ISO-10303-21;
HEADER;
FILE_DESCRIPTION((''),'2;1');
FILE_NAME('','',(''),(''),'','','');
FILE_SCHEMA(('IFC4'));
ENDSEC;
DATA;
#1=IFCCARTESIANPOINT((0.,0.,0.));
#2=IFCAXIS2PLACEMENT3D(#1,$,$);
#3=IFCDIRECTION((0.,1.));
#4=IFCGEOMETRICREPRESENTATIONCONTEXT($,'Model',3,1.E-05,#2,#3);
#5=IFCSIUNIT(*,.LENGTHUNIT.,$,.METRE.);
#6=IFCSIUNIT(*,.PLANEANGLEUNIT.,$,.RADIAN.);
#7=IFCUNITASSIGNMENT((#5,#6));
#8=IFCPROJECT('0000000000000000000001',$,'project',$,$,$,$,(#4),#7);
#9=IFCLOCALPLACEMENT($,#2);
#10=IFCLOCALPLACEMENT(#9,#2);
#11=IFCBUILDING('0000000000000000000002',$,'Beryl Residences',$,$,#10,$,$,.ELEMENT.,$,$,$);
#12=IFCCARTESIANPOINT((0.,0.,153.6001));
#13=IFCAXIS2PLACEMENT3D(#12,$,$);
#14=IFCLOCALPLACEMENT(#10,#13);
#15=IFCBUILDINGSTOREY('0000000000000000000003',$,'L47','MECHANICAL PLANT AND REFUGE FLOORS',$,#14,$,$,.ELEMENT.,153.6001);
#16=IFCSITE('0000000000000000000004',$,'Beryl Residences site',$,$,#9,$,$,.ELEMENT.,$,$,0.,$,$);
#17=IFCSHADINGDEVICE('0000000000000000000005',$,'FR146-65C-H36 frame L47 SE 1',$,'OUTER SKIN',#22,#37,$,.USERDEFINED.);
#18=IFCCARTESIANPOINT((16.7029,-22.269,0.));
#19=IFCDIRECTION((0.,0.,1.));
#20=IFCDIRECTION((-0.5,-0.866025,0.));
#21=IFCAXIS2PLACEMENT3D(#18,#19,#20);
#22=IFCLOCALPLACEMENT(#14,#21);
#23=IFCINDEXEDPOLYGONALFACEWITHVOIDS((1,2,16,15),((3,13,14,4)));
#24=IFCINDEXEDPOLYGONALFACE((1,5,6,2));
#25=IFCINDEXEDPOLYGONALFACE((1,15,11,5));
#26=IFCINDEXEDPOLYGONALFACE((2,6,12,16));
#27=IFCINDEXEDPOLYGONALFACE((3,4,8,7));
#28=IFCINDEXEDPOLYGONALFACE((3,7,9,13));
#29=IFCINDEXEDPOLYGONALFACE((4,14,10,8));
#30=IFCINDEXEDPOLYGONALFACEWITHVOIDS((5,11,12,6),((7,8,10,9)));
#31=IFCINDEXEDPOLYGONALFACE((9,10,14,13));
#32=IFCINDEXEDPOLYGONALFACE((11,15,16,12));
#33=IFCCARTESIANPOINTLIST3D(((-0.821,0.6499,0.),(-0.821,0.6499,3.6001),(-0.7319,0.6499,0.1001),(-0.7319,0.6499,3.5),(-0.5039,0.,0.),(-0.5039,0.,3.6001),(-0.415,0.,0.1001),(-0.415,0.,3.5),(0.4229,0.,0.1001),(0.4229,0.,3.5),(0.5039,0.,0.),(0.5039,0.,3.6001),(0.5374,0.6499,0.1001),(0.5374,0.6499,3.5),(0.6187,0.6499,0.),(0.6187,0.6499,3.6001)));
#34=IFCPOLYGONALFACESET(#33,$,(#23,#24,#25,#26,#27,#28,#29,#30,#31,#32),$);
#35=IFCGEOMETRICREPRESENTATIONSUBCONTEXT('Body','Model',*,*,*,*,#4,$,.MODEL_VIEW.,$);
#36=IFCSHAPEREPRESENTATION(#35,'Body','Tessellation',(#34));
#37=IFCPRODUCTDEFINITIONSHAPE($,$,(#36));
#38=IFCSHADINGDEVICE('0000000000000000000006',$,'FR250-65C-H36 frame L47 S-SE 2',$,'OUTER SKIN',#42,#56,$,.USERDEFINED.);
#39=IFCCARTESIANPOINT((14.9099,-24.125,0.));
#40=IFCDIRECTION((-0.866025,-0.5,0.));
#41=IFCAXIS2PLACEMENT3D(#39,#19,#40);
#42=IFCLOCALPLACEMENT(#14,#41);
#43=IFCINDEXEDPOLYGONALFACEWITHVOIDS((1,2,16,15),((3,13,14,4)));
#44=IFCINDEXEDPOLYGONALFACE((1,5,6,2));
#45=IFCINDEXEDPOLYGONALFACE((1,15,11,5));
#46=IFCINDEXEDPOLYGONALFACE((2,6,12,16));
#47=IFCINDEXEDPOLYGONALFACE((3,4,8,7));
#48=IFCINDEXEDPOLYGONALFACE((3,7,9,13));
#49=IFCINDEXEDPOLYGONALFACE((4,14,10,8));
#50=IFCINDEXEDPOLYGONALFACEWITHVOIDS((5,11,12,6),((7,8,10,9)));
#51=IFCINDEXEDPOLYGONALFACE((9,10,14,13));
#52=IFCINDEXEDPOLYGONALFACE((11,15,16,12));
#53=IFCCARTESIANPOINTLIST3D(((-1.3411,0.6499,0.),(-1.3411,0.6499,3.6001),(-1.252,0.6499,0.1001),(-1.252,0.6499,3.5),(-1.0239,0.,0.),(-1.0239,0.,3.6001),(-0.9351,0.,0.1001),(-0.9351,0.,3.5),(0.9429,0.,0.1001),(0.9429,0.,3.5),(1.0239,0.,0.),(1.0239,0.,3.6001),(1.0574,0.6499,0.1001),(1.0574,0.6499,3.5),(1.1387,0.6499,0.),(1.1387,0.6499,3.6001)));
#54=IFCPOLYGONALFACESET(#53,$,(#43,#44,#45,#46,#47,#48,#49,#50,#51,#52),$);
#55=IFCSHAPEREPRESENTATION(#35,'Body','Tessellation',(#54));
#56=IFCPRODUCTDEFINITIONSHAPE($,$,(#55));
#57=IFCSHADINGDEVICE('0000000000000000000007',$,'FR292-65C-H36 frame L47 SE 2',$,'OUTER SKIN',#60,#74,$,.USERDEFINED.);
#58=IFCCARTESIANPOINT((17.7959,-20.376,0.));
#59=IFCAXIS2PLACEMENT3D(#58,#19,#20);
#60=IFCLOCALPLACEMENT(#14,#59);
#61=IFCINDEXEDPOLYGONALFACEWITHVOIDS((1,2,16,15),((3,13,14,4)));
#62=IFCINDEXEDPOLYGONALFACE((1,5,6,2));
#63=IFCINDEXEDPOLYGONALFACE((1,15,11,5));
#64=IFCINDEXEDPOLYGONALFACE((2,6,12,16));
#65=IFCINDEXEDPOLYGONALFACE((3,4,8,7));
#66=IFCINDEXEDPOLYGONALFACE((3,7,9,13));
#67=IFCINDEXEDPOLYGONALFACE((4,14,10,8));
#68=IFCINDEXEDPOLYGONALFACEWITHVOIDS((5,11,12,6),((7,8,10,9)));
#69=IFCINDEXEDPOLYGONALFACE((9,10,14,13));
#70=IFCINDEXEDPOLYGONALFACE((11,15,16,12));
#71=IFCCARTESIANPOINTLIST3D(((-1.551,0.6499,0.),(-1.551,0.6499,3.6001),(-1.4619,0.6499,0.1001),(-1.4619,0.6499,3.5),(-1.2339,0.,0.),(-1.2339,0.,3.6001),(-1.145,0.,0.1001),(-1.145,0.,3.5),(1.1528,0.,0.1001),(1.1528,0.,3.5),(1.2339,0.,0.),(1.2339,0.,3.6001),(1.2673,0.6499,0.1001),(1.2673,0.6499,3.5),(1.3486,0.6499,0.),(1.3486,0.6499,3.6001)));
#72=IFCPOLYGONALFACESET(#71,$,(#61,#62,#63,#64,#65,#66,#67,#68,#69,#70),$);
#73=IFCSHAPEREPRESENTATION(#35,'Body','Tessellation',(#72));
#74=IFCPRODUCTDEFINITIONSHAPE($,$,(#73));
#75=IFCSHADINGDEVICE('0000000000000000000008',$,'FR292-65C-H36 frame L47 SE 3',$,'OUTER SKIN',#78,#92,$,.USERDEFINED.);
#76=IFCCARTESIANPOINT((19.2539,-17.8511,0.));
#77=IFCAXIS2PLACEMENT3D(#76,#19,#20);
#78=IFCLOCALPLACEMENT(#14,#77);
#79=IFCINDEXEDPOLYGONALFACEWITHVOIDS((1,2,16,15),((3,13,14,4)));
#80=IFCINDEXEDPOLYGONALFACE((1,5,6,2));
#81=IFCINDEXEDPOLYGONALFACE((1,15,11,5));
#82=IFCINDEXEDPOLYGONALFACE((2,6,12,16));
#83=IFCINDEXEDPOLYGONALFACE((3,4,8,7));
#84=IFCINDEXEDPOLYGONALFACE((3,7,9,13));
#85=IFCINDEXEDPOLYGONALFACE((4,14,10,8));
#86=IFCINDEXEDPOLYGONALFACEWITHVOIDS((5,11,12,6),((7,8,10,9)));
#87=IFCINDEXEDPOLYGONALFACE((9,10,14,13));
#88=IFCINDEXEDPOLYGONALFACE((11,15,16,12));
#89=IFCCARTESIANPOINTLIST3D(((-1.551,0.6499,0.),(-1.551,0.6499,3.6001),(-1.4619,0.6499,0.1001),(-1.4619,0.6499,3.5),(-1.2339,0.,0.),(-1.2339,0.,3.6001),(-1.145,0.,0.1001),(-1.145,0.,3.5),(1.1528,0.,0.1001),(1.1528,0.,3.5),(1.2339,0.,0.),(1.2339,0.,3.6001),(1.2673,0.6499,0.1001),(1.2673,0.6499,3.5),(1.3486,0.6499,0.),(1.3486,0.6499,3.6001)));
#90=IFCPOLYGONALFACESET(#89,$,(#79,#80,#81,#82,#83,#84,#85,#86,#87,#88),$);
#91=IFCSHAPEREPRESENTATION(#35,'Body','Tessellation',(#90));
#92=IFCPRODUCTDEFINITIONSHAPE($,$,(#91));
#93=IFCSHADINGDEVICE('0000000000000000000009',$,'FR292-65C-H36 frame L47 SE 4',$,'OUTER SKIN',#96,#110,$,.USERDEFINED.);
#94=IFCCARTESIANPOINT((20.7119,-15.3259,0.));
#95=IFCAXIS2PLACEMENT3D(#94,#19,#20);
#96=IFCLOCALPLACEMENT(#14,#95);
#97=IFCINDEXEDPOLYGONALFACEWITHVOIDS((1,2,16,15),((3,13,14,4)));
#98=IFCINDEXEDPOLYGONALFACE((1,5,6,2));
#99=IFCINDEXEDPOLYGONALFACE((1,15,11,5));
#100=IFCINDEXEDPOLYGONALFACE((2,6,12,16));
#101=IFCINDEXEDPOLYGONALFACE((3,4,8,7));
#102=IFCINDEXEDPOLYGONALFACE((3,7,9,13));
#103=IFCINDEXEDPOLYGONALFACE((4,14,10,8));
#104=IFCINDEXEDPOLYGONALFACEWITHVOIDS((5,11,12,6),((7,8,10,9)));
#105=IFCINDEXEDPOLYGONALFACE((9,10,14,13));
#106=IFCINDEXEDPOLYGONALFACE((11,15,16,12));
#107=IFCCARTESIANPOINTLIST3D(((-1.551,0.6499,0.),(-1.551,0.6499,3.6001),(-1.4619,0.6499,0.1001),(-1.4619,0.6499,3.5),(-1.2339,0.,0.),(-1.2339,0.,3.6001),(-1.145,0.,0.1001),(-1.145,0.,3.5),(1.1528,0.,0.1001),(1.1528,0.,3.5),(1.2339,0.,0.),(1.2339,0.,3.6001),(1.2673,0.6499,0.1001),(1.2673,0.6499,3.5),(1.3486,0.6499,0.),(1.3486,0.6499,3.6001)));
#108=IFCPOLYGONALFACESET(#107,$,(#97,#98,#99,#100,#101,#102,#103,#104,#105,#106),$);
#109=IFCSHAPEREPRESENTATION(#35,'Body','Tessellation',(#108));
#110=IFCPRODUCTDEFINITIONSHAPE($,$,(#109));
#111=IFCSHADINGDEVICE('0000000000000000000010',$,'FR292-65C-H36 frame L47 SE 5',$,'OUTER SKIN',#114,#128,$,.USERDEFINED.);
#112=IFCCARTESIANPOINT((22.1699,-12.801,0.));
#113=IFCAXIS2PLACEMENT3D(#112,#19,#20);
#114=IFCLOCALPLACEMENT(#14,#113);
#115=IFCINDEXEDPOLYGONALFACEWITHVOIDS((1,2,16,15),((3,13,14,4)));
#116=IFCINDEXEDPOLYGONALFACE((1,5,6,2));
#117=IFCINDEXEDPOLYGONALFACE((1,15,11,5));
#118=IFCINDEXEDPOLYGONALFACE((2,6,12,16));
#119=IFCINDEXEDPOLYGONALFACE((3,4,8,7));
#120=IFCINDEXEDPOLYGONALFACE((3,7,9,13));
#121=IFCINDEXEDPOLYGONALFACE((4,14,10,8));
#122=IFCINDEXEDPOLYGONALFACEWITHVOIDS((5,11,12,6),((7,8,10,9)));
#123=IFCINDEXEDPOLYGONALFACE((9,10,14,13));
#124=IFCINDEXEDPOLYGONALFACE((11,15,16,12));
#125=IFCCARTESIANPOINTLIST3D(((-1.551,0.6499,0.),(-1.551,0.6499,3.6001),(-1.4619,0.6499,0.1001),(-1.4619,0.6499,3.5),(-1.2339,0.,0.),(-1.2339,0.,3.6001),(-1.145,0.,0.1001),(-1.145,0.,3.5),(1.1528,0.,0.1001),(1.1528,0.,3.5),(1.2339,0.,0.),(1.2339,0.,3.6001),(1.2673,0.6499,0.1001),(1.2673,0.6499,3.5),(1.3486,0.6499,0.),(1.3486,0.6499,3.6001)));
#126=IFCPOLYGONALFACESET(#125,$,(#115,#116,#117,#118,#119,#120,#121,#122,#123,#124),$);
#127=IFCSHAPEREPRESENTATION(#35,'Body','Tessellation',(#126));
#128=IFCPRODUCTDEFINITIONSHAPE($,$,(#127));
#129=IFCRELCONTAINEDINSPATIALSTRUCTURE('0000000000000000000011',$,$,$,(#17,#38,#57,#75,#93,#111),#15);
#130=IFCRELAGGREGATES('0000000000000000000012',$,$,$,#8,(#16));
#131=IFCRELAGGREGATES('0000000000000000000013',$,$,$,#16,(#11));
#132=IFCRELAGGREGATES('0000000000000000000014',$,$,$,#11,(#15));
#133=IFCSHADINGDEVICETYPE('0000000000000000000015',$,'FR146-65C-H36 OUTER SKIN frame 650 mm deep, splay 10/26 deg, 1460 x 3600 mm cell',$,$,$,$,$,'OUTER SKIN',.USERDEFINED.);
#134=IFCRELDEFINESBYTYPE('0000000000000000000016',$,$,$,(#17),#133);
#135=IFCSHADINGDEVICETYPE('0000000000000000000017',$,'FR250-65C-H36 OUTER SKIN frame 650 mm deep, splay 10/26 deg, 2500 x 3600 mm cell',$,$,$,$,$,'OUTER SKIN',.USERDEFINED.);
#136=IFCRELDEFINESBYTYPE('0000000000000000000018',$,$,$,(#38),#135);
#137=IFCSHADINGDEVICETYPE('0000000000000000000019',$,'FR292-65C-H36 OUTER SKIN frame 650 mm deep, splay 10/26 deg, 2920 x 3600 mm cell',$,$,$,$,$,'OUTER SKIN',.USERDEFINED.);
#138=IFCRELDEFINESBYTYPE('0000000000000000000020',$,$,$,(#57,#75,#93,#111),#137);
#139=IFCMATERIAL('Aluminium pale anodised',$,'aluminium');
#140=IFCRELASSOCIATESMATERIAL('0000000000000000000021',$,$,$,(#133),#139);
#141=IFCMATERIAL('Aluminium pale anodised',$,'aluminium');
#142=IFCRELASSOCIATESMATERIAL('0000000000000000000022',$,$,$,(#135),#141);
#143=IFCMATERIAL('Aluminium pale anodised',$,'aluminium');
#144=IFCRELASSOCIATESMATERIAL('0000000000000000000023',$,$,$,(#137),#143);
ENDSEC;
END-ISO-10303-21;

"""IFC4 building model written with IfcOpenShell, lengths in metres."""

from ifc_helpers import new_model, entity, si_unit, direction, frame, origin, place, context, subcontext, project, spatial, source, transform, mapped, material, type_object, type_shapes, element, save


model = new_model("IFC4")

# Units and contexts
model_context = context("Model", 3, precision=1e-05, world=origin(), true_north=direction((0.0, 1.0)))
body_context = subcontext(model_context, "Body", "Model", "MODEL_VIEW")
ifc_project = project(units=[si_unit("LENGTHUNIT", "METRE"), si_unit("PLANEANGLEUNIT", "RADIAN")], contexts=[model_context])

# Site, building, storey
site_placement = place(None, origin())
site = spatial("IfcSite", under=ifc_project, at=site_placement, Name="Beryl Residences site", CompositionType="ELEMENT", RefElevation=0.0)
building_placement = place(site_placement, origin())
building = spatial("IfcBuilding", under=site, at=building_placement, Name="Beryl Residences", CompositionType="ELEMENT")
storey_placement = place(building_placement, frame((0.0, 0.0, 153.6001)))
storey = spatial("IfcBuildingStorey", under=building, at=storey_placement, Name="L47", Description="MECHANICAL PLANT AND REFUGE FLOORS", CompositionType="ELEMENT", Elevation=153.6001)

# Shading devices
ifc_material_1 = material(Name="Aluminium pale anodised", Category="aluminium")
shading_device_type_1 = type_object("IfcShadingDeviceType", Name="FR146-65C-H36 OUTER SKIN frame 650 mm deep, splay 10/26 deg, 1460 x 3600 mm cell", ElementType="OUTER SKIN", PredefinedType="USERDEFINED", material=ifc_material_1)
cartesian_point_1 = entity("IfcCartesianPoint", [-0.5039, 0.0])
cartesian_point_2 = entity("IfcCartesianPoint", [-0.4229, 0.1001])
cartesian_point_3 = entity("IfcCartesianPoint", [-0.6187, 0.0])
cartesian_point_4 = entity("IfcCartesianPoint", [-0.5374, 0.1001])
shared_shape_1 = source(origin(), body_context, "Body", "SweptSolid", [
    entity("IfcExtrudedAreaSolidTapered", entity("IfcArbitraryProfileDefWithVoids", "AREA", None, entity("IfcPolyline", [cartesian_point_1, entity("IfcCartesianPoint", [0.5039, 0.0]), entity("IfcCartesianPoint", [0.5039, 3.6001]), entity("IfcCartesianPoint", [-0.5039, 3.6001]), cartesian_point_1]), [entity("IfcPolyline", [cartesian_point_2, entity("IfcCartesianPoint", [0.415, 0.1001]), entity("IfcCartesianPoint", [0.415, 3.5]), entity("IfcCartesianPoint", [-0.4229, 3.5]), cartesian_point_2])]), entity("IfcAxis2Placement3D", entity("IfcCartesianPoint", [0.0, 0.0, 0.0]), entity("IfcDirection", [0.0, 1.0, 0.0]), entity("IfcDirection", [-1.0, 0.0, 0.0])), entity("IfcDirection", [0.0, 0.0, 1.0]), 0.6499, entity("IfcArbitraryProfileDefWithVoids", "AREA", None, entity("IfcPolyline", [cartesian_point_3, entity("IfcCartesianPoint", [0.821, 0.0]), entity("IfcCartesianPoint", [0.821, 3.6001]), entity("IfcCartesianPoint", [-0.6187, 3.6001]), cartesian_point_3]), [entity("IfcPolyline", [cartesian_point_4, entity("IfcCartesianPoint", [0.7319, 0.1001]), entity("IfcCartesianPoint", [0.7319, 3.5]), entity("IfcCartesianPoint", [-0.5374, 3.5]), cartesian_point_4])])),
])
type_shapes(shading_device_type_1, [shared_shape_1])
shading_device_1_placement = place(storey_placement, frame((16.7029, -22.269, 0.0), z_axis=(0.0, 0.0, 1.0), x_axis=(-0.5, -0.866025, 0.0)))
element("IfcShadingDevice", 1, at=shading_device_1_placement, inside=storey, type_object=shading_device_type_1, Name="FR146-65C-H36 frame L47 SE 1", ObjectType="OUTER SKIN", PredefinedType="USERDEFINED", context=body_context, shape_type="MappedRepresentation", body=[
    mapped(shared_shape_1, transform((0.0, 0.0, 0.0))),
])
ifc_material_2 = material(Name="Aluminium pale anodised", Category="aluminium")
shading_device_type_2 = type_object("IfcShadingDeviceType", Name="FR250-65C-H36 OUTER SKIN frame 650 mm deep, splay 10/26 deg, 2500 x 3600 mm cell", ElementType="OUTER SKIN", PredefinedType="USERDEFINED", material=ifc_material_2)
cartesian_point_5 = entity("IfcCartesianPoint", [-1.0239, 0.0])
cartesian_point_6 = entity("IfcCartesianPoint", [-0.9429, 0.1001])
cartesian_point_7 = entity("IfcCartesianPoint", [-1.1387, 0.0])
cartesian_point_8 = entity("IfcCartesianPoint", [-1.0574, 0.1001])
shared_shape_2 = source(origin(), body_context, "Body", "SweptSolid", [
    entity("IfcExtrudedAreaSolidTapered", entity("IfcArbitraryProfileDefWithVoids", "AREA", None, entity("IfcPolyline", [cartesian_point_5, entity("IfcCartesianPoint", [1.0239, 0.0]), entity("IfcCartesianPoint", [1.0239, 3.6001]), entity("IfcCartesianPoint", [-1.0239, 3.6001]), cartesian_point_5]), [entity("IfcPolyline", [cartesian_point_6, entity("IfcCartesianPoint", [0.9351, 0.1001]), entity("IfcCartesianPoint", [0.9351, 3.5]), entity("IfcCartesianPoint", [-0.9429, 3.5]), cartesian_point_6])]), entity("IfcAxis2Placement3D", entity("IfcCartesianPoint", [0.0, 0.0, 0.0]), entity("IfcDirection", [0.0, 1.0, 0.0]), entity("IfcDirection", [-1.0, 0.0, 0.0])), entity("IfcDirection", [0.0, 0.0, 1.0]), 0.6499, entity("IfcArbitraryProfileDefWithVoids", "AREA", None, entity("IfcPolyline", [cartesian_point_7, entity("IfcCartesianPoint", [1.3411, 0.0]), entity("IfcCartesianPoint", [1.3411, 3.6001]), entity("IfcCartesianPoint", [-1.1387, 3.6001]), cartesian_point_7]), [entity("IfcPolyline", [cartesian_point_8, entity("IfcCartesianPoint", [1.252, 0.1001]), entity("IfcCartesianPoint", [1.252, 3.5]), entity("IfcCartesianPoint", [-1.0574, 3.5]), cartesian_point_8])])),
])
type_shapes(shading_device_type_2, [shared_shape_2])
shading_device_2_placement = place(storey_placement, frame((14.9099, -24.125, 0.0), z_axis=(0.0, 0.0, 1.0), x_axis=(-0.866025, -0.5, 0.0)))
element("IfcShadingDevice", 2, at=shading_device_2_placement, inside=storey, type_object=shading_device_type_2, Name="FR250-65C-H36 frame L47 S-SE 2", ObjectType="OUTER SKIN", PredefinedType="USERDEFINED", context=body_context, shape_type="MappedRepresentation", body=[
    mapped(shared_shape_2, transform((0.0, 0.0, 0.0))),
])
ifc_material_3 = material(Name="Aluminium pale anodised", Category="aluminium")
shading_device_type_3 = type_object("IfcShadingDeviceType", Name="FR292-65C-H36 OUTER SKIN frame 650 mm deep, splay 10/26 deg, 2920 x 3600 mm cell", ElementType="OUTER SKIN", PredefinedType="USERDEFINED", material=ifc_material_3)
cartesian_point_9 = entity("IfcCartesianPoint", [-1.2339, 0.0])
cartesian_point_10 = entity("IfcCartesianPoint", [-1.1528, 0.1001])
cartesian_point_11 = entity("IfcCartesianPoint", [-1.3486, 0.0])
cartesian_point_12 = entity("IfcCartesianPoint", [-1.2673, 0.1001])
shared_shape_3 = source(origin(), body_context, "Body", "SweptSolid", [
    entity("IfcExtrudedAreaSolidTapered", entity("IfcArbitraryProfileDefWithVoids", "AREA", None, entity("IfcPolyline", [cartesian_point_9, entity("IfcCartesianPoint", [1.2339, 0.0]), entity("IfcCartesianPoint", [1.2339, 3.6001]), entity("IfcCartesianPoint", [-1.2339, 3.6001]), cartesian_point_9]), [entity("IfcPolyline", [cartesian_point_10, entity("IfcCartesianPoint", [1.145, 0.1001]), entity("IfcCartesianPoint", [1.145, 3.5]), entity("IfcCartesianPoint", [-1.1528, 3.5]), cartesian_point_10])]), entity("IfcAxis2Placement3D", entity("IfcCartesianPoint", [0.0, 0.0, 0.0]), entity("IfcDirection", [0.0, 1.0, 0.0]), entity("IfcDirection", [-1.0, 0.0, 0.0])), entity("IfcDirection", [0.0, 0.0, 1.0]), 0.6499, entity("IfcArbitraryProfileDefWithVoids", "AREA", None, entity("IfcPolyline", [cartesian_point_11, entity("IfcCartesianPoint", [1.551, 0.0]), entity("IfcCartesianPoint", [1.551, 3.6001]), entity("IfcCartesianPoint", [-1.3486, 3.6001]), cartesian_point_11]), [entity("IfcPolyline", [cartesian_point_12, entity("IfcCartesianPoint", [1.4619, 0.1001]), entity("IfcCartesianPoint", [1.4619, 3.5]), entity("IfcCartesianPoint", [-1.2673, 3.5]), cartesian_point_12])])),
])
type_shapes(shading_device_type_3, [shared_shape_3])
for number, where, z_axis, x_axis, name in (
    (3, (17.7959, -20.376, 0.0), (0.0, 0.0, 1.0), (-0.5, -0.866025, 0.0), "FR292-65C-H36 frame L47 SE 2"),
    (4, (19.2539, -17.8511, 0.0), (0.0, 0.0, 1.0), (-0.5, -0.866025, 0.0), "FR292-65C-H36 frame L47 SE 3"),
    (5, (20.7119, -15.3259, 0.0), (0.0, 0.0, 1.0), (-0.5, -0.866025, 0.0), "FR292-65C-H36 frame L47 SE 4"),
    (6, (22.1699, -12.801, 0.0), (0.0, 0.0, 1.0), (-0.5, -0.866025, 0.0), "FR292-65C-H36 frame L47 SE 5"),
):
    element("IfcShadingDevice", number, at=place(storey_placement, frame(where, z_axis=z_axis, x_axis=x_axis)), inside=storey, type_object=shading_device_type_3, Name=name, ObjectType="OUTER SKIN", PredefinedType="USERDEFINED", context=body_context, shape_type="MappedRepresentation", body=[
        mapped(shared_shape_3, transform((0.0, 0.0, 0.0))),
    ])

save(model, "model.ifc")
